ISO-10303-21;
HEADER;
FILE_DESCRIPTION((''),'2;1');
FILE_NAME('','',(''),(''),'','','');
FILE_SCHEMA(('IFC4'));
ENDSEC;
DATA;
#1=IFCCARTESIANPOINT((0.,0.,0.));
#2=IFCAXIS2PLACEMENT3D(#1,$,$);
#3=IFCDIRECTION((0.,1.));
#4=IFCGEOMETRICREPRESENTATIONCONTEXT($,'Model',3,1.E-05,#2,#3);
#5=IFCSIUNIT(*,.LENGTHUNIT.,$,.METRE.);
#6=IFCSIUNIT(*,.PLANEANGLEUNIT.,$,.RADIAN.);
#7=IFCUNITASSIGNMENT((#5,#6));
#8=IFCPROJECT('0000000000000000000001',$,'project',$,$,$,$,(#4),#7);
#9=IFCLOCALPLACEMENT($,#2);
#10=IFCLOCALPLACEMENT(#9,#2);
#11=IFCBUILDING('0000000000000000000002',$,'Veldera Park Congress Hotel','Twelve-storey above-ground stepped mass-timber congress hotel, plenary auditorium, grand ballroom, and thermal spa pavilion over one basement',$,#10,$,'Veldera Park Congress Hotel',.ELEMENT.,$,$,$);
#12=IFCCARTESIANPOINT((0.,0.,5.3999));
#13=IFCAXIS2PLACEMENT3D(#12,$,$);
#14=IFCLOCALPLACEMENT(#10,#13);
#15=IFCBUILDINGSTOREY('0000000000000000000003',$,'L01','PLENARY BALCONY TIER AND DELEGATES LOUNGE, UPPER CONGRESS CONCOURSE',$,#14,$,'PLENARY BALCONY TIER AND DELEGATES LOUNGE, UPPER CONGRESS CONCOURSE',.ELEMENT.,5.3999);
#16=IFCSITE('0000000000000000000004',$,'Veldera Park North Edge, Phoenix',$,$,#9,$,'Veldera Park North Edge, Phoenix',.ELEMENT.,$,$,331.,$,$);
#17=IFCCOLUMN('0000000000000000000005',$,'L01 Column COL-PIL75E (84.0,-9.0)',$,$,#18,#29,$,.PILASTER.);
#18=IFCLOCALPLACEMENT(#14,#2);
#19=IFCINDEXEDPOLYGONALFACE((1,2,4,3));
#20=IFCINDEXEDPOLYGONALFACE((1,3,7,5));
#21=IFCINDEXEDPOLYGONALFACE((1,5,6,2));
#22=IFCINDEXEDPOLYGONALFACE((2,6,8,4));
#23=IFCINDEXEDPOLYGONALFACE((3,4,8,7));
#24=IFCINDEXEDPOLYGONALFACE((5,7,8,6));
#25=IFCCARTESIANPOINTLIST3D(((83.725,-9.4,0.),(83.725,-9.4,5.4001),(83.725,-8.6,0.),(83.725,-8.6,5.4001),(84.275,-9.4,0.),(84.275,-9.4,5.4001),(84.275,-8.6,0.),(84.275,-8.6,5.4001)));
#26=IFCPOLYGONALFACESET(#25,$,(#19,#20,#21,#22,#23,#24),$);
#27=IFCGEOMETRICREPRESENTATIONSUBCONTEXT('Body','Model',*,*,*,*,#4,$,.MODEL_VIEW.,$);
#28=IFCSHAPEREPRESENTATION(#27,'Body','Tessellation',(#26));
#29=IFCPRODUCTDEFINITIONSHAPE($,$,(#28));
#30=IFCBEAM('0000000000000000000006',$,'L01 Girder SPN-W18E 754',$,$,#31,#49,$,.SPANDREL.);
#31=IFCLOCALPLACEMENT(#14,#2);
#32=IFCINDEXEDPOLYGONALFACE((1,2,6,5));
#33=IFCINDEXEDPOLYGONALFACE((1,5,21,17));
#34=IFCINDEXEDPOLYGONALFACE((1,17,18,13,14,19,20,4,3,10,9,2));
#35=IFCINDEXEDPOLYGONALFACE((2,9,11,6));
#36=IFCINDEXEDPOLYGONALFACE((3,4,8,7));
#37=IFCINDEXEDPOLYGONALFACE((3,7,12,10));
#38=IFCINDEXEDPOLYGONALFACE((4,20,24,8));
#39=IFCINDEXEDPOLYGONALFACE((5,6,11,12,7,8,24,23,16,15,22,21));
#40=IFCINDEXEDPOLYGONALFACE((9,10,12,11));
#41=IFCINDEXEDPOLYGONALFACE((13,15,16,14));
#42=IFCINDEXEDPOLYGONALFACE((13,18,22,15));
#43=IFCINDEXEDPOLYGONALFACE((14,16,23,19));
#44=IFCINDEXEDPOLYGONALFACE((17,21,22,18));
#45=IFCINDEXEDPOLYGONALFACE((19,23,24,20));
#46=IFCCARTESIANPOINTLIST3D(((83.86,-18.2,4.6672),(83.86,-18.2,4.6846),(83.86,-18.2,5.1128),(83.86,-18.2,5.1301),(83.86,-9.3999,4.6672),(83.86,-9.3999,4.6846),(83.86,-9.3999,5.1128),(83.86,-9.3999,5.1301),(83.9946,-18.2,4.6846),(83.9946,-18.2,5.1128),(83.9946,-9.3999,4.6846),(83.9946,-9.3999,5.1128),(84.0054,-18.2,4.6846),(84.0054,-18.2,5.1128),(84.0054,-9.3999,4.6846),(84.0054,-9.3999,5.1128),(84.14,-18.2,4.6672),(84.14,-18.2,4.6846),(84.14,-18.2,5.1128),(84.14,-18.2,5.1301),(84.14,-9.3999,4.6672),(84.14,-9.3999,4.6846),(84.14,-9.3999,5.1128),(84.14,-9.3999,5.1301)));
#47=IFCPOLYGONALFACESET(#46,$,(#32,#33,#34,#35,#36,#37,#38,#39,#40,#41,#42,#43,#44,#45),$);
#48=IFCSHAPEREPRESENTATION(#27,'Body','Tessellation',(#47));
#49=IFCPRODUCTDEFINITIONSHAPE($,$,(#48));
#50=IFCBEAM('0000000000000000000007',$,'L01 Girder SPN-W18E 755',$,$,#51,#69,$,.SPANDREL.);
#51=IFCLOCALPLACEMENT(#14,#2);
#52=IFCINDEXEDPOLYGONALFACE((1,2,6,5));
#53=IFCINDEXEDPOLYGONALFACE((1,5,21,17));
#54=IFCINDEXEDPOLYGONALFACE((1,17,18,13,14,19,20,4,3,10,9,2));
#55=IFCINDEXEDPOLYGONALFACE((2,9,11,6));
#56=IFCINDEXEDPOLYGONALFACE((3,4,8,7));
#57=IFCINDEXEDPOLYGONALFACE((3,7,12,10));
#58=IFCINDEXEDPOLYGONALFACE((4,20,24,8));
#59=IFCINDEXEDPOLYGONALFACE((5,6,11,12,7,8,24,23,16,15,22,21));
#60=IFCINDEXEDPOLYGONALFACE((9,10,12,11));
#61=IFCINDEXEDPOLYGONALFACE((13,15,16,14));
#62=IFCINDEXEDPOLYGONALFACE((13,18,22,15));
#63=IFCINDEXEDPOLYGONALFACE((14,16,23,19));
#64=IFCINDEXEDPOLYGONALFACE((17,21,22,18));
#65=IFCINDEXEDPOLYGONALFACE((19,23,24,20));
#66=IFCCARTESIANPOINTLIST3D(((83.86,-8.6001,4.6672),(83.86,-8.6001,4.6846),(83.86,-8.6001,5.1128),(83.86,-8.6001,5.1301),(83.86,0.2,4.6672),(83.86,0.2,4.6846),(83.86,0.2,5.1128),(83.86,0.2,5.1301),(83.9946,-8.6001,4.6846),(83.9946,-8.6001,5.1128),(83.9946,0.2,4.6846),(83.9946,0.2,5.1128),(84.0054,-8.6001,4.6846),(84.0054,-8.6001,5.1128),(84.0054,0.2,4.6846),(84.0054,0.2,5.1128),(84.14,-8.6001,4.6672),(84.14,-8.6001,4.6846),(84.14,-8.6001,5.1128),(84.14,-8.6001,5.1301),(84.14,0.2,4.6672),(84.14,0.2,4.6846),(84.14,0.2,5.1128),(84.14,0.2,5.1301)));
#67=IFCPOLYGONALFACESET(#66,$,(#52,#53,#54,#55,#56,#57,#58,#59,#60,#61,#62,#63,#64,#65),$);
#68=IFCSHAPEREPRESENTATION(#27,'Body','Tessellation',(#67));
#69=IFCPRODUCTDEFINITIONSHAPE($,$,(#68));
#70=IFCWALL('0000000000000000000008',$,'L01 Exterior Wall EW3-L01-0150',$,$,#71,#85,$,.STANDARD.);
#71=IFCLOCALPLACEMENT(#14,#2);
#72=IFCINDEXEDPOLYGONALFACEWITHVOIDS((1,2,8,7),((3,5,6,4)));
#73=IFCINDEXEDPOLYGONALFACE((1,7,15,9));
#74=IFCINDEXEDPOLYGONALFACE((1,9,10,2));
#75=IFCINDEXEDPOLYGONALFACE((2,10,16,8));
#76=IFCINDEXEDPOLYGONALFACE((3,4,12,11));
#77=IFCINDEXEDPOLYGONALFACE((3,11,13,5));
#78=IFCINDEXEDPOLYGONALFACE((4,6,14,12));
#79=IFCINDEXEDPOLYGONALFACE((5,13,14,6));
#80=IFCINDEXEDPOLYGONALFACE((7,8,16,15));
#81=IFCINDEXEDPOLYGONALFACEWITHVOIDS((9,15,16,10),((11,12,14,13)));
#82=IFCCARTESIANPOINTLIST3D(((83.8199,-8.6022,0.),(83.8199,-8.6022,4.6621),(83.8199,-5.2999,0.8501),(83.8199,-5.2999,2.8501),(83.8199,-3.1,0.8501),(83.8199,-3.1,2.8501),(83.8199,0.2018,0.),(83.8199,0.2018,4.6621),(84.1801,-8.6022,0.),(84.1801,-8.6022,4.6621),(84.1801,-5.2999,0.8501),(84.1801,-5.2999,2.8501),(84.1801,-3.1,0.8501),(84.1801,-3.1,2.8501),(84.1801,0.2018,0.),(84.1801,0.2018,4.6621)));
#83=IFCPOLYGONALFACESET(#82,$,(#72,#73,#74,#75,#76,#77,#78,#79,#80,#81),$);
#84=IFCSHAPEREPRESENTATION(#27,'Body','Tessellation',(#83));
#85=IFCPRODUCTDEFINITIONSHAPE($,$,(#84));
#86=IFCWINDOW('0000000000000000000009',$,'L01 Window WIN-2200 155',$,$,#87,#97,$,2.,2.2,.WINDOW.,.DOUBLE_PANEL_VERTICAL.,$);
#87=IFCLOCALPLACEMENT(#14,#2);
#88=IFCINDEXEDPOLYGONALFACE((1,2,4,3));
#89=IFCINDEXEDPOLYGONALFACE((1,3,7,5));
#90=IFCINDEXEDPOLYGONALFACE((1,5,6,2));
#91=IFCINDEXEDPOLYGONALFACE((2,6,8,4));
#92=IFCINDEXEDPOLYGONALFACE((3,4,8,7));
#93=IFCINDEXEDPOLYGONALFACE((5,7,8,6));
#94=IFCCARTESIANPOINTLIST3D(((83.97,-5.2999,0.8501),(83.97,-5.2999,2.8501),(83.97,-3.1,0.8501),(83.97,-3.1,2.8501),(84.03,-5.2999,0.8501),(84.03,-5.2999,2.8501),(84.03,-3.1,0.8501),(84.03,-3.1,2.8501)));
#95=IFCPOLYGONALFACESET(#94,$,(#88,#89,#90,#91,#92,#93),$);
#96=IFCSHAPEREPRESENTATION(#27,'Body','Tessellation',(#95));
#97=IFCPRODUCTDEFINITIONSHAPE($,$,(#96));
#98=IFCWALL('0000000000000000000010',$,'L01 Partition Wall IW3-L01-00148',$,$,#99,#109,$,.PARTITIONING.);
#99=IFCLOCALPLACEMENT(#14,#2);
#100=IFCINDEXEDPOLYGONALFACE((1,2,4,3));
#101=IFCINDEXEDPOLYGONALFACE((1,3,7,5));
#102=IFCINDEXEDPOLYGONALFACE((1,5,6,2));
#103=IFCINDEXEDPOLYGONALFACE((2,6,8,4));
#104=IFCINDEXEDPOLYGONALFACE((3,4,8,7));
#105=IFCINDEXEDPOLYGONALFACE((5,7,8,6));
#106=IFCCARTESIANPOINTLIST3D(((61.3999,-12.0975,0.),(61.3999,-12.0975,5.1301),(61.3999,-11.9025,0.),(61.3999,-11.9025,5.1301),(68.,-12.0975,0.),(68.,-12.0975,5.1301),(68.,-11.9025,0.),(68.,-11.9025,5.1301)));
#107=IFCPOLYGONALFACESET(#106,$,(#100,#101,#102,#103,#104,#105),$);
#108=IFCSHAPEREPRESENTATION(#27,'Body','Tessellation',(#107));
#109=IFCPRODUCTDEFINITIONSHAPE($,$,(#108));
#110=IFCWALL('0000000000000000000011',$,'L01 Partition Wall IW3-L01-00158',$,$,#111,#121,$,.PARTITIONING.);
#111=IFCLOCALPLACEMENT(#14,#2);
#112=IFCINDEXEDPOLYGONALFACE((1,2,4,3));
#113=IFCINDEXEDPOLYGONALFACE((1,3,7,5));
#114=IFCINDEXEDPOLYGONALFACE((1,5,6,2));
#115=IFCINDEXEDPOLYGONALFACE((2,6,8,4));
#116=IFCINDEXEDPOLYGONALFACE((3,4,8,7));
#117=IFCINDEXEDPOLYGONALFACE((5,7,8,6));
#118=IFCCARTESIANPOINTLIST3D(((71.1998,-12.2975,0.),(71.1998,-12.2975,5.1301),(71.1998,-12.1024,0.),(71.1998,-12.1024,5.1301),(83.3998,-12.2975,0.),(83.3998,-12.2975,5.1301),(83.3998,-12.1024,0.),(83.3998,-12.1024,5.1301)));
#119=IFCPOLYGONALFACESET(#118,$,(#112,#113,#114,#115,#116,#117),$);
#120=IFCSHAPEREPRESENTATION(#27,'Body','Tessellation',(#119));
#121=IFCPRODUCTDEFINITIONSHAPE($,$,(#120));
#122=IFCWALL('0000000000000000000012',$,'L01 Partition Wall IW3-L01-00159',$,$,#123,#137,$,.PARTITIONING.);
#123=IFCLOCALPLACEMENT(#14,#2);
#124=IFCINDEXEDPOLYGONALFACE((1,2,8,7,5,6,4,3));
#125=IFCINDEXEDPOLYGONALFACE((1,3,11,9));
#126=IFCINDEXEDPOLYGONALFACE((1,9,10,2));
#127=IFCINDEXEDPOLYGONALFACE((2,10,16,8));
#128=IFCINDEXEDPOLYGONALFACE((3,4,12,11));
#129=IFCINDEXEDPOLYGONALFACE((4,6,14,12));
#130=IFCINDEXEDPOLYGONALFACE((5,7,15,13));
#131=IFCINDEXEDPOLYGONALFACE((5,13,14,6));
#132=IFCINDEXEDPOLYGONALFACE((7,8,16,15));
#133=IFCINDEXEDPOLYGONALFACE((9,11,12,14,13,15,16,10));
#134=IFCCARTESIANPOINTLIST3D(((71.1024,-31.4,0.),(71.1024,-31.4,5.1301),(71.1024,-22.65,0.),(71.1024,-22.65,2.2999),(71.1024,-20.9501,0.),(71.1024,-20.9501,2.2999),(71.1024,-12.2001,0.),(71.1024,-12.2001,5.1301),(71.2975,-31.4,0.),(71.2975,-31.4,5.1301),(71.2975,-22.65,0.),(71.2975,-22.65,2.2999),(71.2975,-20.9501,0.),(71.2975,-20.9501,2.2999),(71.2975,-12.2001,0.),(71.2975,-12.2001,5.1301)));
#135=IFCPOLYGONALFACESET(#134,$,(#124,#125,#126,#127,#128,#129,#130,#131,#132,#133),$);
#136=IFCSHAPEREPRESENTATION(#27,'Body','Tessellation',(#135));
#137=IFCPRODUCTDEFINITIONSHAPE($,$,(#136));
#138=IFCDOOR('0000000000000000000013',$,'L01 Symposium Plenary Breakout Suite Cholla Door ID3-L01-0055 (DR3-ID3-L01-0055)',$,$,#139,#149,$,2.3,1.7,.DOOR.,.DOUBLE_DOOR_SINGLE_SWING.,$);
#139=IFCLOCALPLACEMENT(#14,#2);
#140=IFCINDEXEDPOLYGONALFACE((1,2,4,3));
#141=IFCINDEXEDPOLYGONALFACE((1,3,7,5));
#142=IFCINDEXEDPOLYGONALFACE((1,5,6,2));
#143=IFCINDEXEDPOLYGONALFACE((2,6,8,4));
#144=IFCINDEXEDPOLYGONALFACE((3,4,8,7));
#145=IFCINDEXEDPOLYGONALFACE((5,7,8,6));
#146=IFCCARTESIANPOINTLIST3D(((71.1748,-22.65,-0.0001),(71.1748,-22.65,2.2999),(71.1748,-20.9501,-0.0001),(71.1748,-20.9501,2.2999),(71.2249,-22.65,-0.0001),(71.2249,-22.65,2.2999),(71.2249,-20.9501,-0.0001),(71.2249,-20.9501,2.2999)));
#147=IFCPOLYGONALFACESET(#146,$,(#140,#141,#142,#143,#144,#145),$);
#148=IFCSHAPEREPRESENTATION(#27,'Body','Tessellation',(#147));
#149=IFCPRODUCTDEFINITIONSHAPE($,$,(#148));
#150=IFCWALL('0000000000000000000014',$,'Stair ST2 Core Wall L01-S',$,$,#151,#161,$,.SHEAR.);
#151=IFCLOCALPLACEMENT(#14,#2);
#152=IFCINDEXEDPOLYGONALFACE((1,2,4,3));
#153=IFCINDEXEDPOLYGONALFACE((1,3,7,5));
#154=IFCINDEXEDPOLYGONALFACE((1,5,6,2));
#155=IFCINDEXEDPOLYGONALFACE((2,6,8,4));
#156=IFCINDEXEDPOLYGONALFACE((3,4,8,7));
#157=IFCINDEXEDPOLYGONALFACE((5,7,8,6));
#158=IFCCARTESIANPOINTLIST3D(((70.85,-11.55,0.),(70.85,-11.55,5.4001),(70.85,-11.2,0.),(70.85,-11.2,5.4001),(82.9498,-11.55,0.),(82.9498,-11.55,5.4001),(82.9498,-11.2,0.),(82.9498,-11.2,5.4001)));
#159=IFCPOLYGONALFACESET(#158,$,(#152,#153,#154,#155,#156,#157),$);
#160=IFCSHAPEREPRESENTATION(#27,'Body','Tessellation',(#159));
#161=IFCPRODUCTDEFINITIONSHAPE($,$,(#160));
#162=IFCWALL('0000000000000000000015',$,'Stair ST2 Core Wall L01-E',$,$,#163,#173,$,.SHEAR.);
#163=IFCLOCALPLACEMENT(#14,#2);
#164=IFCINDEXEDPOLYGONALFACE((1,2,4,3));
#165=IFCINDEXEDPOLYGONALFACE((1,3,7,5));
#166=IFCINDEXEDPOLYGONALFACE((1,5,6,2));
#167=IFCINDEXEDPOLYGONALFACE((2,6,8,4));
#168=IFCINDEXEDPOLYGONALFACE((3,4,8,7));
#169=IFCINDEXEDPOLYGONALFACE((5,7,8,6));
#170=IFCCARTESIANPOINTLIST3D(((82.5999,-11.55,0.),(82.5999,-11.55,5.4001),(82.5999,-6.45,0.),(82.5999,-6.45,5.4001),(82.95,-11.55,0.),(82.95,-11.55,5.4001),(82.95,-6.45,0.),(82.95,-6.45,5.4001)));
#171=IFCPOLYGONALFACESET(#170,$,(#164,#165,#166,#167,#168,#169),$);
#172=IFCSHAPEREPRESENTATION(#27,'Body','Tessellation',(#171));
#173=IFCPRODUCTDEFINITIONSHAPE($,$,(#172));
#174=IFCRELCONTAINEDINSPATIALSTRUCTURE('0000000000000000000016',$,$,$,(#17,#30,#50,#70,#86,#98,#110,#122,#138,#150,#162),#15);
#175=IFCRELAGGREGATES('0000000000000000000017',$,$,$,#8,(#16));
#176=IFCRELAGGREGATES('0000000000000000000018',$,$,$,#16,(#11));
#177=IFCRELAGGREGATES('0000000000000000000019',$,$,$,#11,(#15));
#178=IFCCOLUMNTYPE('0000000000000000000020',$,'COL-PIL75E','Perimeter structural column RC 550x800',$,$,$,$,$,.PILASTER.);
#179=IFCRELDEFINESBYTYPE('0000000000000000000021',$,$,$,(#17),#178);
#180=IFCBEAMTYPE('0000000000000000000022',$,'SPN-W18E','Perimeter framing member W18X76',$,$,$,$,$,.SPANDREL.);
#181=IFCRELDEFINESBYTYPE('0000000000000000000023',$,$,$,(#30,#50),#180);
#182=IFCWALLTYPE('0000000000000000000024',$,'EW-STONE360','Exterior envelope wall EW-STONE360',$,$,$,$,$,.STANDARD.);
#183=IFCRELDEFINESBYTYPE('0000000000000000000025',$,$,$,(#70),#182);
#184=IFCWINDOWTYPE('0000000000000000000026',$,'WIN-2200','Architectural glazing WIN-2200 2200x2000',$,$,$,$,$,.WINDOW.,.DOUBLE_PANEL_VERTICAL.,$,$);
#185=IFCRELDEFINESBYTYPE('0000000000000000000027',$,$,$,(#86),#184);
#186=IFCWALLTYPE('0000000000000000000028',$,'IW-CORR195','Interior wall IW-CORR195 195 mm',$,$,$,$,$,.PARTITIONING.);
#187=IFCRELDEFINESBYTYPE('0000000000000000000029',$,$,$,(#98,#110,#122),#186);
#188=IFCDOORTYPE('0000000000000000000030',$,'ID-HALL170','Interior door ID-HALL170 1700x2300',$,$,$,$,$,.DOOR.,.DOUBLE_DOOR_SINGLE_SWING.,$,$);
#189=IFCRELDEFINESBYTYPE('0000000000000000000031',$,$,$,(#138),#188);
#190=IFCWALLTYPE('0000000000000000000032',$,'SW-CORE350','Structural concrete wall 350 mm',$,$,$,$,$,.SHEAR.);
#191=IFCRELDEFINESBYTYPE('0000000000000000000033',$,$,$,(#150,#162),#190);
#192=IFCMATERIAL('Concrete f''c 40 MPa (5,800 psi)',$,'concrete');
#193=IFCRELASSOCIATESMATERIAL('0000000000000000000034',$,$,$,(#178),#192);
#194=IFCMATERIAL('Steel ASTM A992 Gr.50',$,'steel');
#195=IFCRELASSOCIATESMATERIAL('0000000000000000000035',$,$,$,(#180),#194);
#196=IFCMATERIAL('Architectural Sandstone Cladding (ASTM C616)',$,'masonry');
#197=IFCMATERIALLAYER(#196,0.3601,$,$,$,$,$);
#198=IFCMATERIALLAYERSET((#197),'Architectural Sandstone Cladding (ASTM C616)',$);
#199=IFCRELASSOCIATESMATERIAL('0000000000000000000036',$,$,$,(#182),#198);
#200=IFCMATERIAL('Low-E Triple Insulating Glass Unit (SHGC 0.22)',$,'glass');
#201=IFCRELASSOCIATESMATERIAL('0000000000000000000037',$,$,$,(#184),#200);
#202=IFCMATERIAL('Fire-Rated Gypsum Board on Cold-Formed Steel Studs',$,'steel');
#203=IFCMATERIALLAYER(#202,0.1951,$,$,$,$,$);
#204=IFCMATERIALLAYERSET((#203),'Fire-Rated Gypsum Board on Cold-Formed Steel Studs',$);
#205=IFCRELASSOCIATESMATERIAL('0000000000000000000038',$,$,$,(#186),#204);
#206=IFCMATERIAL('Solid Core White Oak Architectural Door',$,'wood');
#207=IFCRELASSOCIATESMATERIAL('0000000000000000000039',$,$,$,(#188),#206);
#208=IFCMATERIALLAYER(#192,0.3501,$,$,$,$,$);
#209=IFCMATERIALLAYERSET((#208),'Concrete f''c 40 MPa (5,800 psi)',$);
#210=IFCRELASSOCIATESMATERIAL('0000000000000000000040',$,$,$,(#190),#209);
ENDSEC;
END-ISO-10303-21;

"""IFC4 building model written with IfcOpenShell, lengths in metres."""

from ifc_helpers import new_model, si_unit, direction, frame, frame_2d, origin, origin_2d, place, context, subcontext, project, spatial, rectangle, i_section, extrude, material, layer, layer_set, material_profile, profile_set, type_object, element, fill, save


model = new_model("IFC4")

# Units and contexts
model_context = context("Model", 3, precision=1e-05, world=origin(), true_north=direction((0.0, 1.0)))
body_context = subcontext(model_context, "Body", "Model", "MODEL_VIEW")
ifc_project = project(units=[si_unit("LENGTHUNIT", "METRE"), si_unit("PLANEANGLEUNIT", "RADIAN")], contexts=[model_context])

# Site, building, storey
site_placement = place(None, origin())
site = spatial("IfcSite", under=ifc_project, at=site_placement, Name="Veldera Park North Edge, Phoenix", LongName="Veldera Park North Edge, Phoenix", CompositionType="ELEMENT", RefElevation=331.0)
building_placement = place(site_placement, origin())
building = spatial("IfcBuilding", under=site, at=building_placement, Name="Veldera Park Congress Hotel", Description="Twelve-storey above-ground stepped mass-timber congress hotel, plenary auditorium, grand ballroom, and thermal spa pavilion over one basement", LongName="Veldera Park Congress Hotel", CompositionType="ELEMENT")
storey_placement = place(building_placement, frame((0.0, 0.0, 5.3999)))
storey = spatial("IfcBuildingStorey", under=building, at=storey_placement, Name="L01", Description="PLENARY BALCONY TIER AND DELEGATES LOUNGE, UPPER CONGRESS CONCOURSE", LongName="PLENARY BALCONY TIER AND DELEGATES LOUNGE, UPPER CONGRESS CONCOURSE", CompositionType="ELEMENT", Elevation=5.3999)

# Column
ifc_material_1 = material(Name="Concrete f'c 40 MPa (5,800 psi)", Category="concrete")
ifc_material_profile_1 = material_profile(ifc_material_1, rectangle(XDim=0.55, YDim=0.8, at=origin_2d()), Name="RC 550x800")
ifc_profile_set_1 = profile_set([ifc_material_profile_1], Name="Concrete f'c 40 MPa (5,800 psi)")
column_type = type_object("IfcColumnType", Name="COL-PIL75E", Description="Perimeter structural column RC 550x800", PredefinedType="PILASTER", material=ifc_profile_set_1)
column_placement = place(storey_placement, frame((84.0, -9.0, 0.0), z_axis=(0.0, 0.0, 1.0), x_axis=(1.0, 0.0, 0.0)))
element("IfcColumn", 1, at=column_placement, inside=storey, type_object=column_type, Name="L01 Column COL-PIL75E (84.0,-9.0)", PredefinedType="PILASTER", context=body_context, shape_type="SweptSolid", body=[
    extrude(rectangle(XDim=0.55, YDim=0.8, at=origin_2d()), origin(), (0.0, 0.0, 1.0), 5.4001),
])

# Beams
ifc_material_2 = material(Name="Steel ASTM A992 Gr.50", Category="steel")
ifc_material_profile_2 = material_profile(ifc_material_2, i_section(OverallWidth=0.28, OverallDepth=0.4629, WebThickness=0.0107, FlangeThickness=0.0173, at=origin_2d()), Name="W18X76")
ifc_profile_set_2 = profile_set([ifc_material_profile_2], Name="Steel ASTM A992 Gr.50")
beam_type = type_object("IfcBeamType", Name="SPN-W18E", Description="Perimeter framing member W18X76", PredefinedType="SPANDREL", material=ifc_profile_set_2)
for number, where, z_axis, x_axis, name in (
    (2, (84.0, -18.2, 4.8987), (0.0, 1.0, 0.0), (-1.0, 0.0, 0.0), "L01 Girder SPN-W18E 754"),
    (3, (84.0, -8.6001, 4.8987), (0.0, 1.0, 0.0), (-1.0, 0.0, 0.0), "L01 Girder SPN-W18E 755"),
):
    element("IfcBeam", number, at=place(storey_placement, frame(where, z_axis=z_axis, x_axis=x_axis)), inside=storey, type_object=beam_type, Name=name, PredefinedType="SPANDREL", context=body_context, shape_type="SweptSolid", body=[
        extrude(i_section(OverallWidth=0.28, OverallDepth=0.4629, WebThickness=0.0107, FlangeThickness=0.0173, at=origin_2d()), origin(), (0.0, 0.0, 1.0), 8.8),
    ])

# Wall, opening, window
ifc_material_3 = material(Name="Architectural Sandstone Cladding (ASTM C616)", Category="masonry")
ifc_layer_1 = layer(ifc_material_3, 0.3601)
ifc_layer_set_1 = layer_set([ifc_layer_1], Name="Architectural Sandstone Cladding (ASTM C616)")
wall_type_1 = type_object("IfcWallType", Name="EW-STONE360", Description="Exterior envelope wall EW-STONE360", PredefinedType="STANDARD", material=ifc_layer_set_1)
wall_1_placement = place(storey_placement, frame((84.0, -8.6021, 0.0), z_axis=(0.0, 0.0, 1.0), x_axis=(0.0, 1.0, 0.0)))
wall_1 = element("IfcWall", 4, at=wall_1_placement, inside=storey, type_object=wall_type_1, Name="L01 Exterior Wall EW3-L01-0150", PredefinedType="STANDARD", context=body_context, shape_type="SweptSolid", body=[
    extrude(rectangle(XDim=8.804, YDim=0.3601, at=frame_2d((4.4019, 0.0))), origin(), (0.0, 0.0, 1.0), 4.6621),
])
opening_1_placement = place(wall_1_placement, frame((3.302, 0.0, 0.8501)))
opening_1 = element("IfcOpeningElement", 5, at=opening_1_placement, cuts=wall_1, PredefinedType="OPENING", context=body_context, shape_type="SweptSolid", body=[
    extrude(rectangle(XDim=2.2, YDim=2.0, at=frame_2d((1.1001, 1.0))), frame((0.0, 0.1921, 0.0), z_axis=(0.0, -1.0, 0.0), x_axis=(1.0, 0.0, 0.0)), (0.0, 0.0, 1.0), 0.384),
])
ifc_material_4 = material(Name="Low-E Triple Insulating Glass Unit (SHGC 0.22)", Category="glass")
window_type = type_object("IfcWindowType", Name="WIN-2200", Description="Architectural glazing WIN-2200 2200x2000", PartitioningType="DOUBLE_PANEL_VERTICAL", PredefinedType="WINDOW", material=ifc_material_4)
window_placement = place(opening_1_placement, origin())
window = element("IfcWindow", 6, at=window_placement, inside=storey, type_object=window_type, Name="L01 Window WIN-2200 155", OverallHeight=2.0, OverallWidth=2.2, PartitioningType="DOUBLE_PANEL_VERTICAL", PredefinedType="WINDOW", context=body_context, shape_type="SweptSolid", body=[
    extrude(rectangle(XDim=2.2, YDim=2.0, at=frame_2d((1.1001, 1.0))), frame((0.0, 0.03, 0.0), z_axis=(0.0, -1.0, 0.0), x_axis=(1.0, 0.0, 0.0)), (0.0, 0.0, 1.0), 0.0601),
])
fill(opening_1, window)

# Walls
ifc_material_5 = material(Name="Fire-Rated Gypsum Board on Cold-Formed Steel Studs", Category="steel")
ifc_layer_2 = layer(ifc_material_5, 0.1951)
ifc_layer_set_2 = layer_set([ifc_layer_2], Name="Fire-Rated Gypsum Board on Cold-Formed Steel Studs")
wall_type_2 = type_object("IfcWallType", Name="IW-CORR195", Description="Interior wall IW-CORR195 195 mm", PredefinedType="PARTITIONING", material=ifc_layer_set_2)
wall_2_placement = place(storey_placement, frame((68.0, -12.0, 0.0), z_axis=(0.0, 0.0, 1.0), x_axis=(-1.0, 0.0, 0.0)))
element("IfcWall", 7, at=wall_2_placement, inside=storey, type_object=wall_type_2, Name="L01 Partition Wall IW3-L01-00148", PredefinedType="PARTITIONING", context=body_context, shape_type="SweptSolid", body=[
    extrude(rectangle(XDim=6.6001, YDim=0.1951, at=frame_2d((3.3, 0.0))), origin(), (0.0, 0.0, 1.0), 5.1301),
])
wall_3_placement = place(storey_placement, frame((83.3999, -12.2, 0.0), z_axis=(0.0, 0.0, 1.0), x_axis=(-1.0, 0.0, 0.0)))
element("IfcWall", 8, at=wall_3_placement, inside=storey, type_object=wall_type_2, Name="L01 Partition Wall IW3-L01-00158", PredefinedType="PARTITIONING", context=body_context, shape_type="SweptSolid", body=[
    extrude(rectangle(XDim=12.2, YDim=0.1951, at=frame_2d((6.1001, 0.0))), origin(), (0.0, 0.0, 1.0), 5.1301),
])

# Wall, opening, door
wall_4_placement = place(storey_placement, frame((71.2, -12.2, 0.0), z_axis=(0.0, 0.0, 1.0), x_axis=(0.0, -1.0, 0.0)))
wall_4 = element("IfcWall", 9, at=wall_4_placement, inside=storey, type_object=wall_type_2, Name="L01 Partition Wall IW3-L01-00159", PredefinedType="PARTITIONING", context=body_context, shape_type="SweptSolid", body=[
    extrude(rectangle(XDim=19.2, YDim=0.1951, at=frame_2d((9.6001, 0.0))), origin(), (0.0, 0.0, 1.0), 5.1301),
])
opening_2_placement = place(wall_4_placement, frame((8.75, 0.0, 0.0)))
opening_2 = element("IfcOpeningElement", 10, at=opening_2_placement, cuts=wall_4, PredefinedType="OPENING", context=body_context, shape_type="SweptSolid", body=[
    extrude(rectangle(XDim=1.7, YDim=2.3, at=frame_2d((0.8501, 1.1499))), frame((0.0, 0.1096, 0.0), z_axis=(0.0, -1.0, 0.0), x_axis=(1.0, 0.0, 0.0)), (0.0, 0.0, 1.0), 0.219),
])
ifc_material_6 = material(Name="Solid Core White Oak Architectural Door", Category="wood")
door_type = type_object("IfcDoorType", Name="ID-HALL170", Description="Interior door ID-HALL170 1700x2300", OperationType="DOUBLE_DOOR_SINGLE_SWING", PredefinedType="DOOR", material=ifc_material_6)
door_placement = place(opening_2_placement, origin())
door = element("IfcDoor", 11, at=door_placement, inside=storey, type_object=door_type, Name="L01 Symposium Plenary Breakout Suite Cholla Door ID3-L01-0055 (DR3-ID3-L01-0055)", OperationType="DOUBLE_DOOR_SINGLE_SWING", OverallHeight=2.3, OverallWidth=1.7, PredefinedType="DOOR", context=body_context, shape_type="SweptSolid", body=[
    extrude(rectangle(XDim=1.7, YDim=2.3, at=frame_2d((0.8501, 1.1499))), frame((0.0, 0.0249, 0.0), z_axis=(0.0, -1.0, 0.0), x_axis=(1.0, 0.0, 0.0)), (0.0, 0.0, 1.0), 0.05),
])
fill(opening_2, door)

# Walls
ifc_layer_3 = layer(ifc_material_1, 0.3501)
ifc_layer_set_3 = layer_set([ifc_layer_3], Name="Concrete f'c 40 MPa (5,800 psi)")
wall_type_3 = type_object("IfcWallType", Name="SW-CORE350", Description="Structural concrete wall 350 mm", PredefinedType="SHEAR", material=ifc_layer_set_3)
wall_5_placement = place(storey_placement, frame((70.8501, -11.375, 0.0), z_axis=(0.0, 0.0, 1.0), x_axis=(1.0, 0.0, 0.0)))
element("IfcWall", 12, at=wall_5_placement, inside=storey, type_object=wall_type_3, Name="Stair ST2 Core Wall L01-S", PredefinedType="SHEAR", context=body_context, shape_type="SweptSolid", body=[
    extrude(rectangle(XDim=12.0999, YDim=0.3501, at=frame_2d((6.0498, 0.0))), origin(), (0.0, 0.0, 1.0), 5.4001),
])
wall_6_placement = place(storey_placement, frame((82.7749, -11.55, 0.0), z_axis=(0.0, 0.0, 1.0), x_axis=(0.0, 1.0, 0.0)))
element("IfcWall", 13, at=wall_6_placement, inside=storey, type_object=wall_type_3, Name="Stair ST2 Core Wall L01-E", PredefinedType="SHEAR", context=body_context, shape_type="SweptSolid", body=[
    extrude(rectangle(XDim=5.1001, YDim=0.3501, at=frame_2d((2.55, 0.0))), origin(), (0.0, 0.0, 1.0), 5.4001),
])

save(model, "model.ifc")
